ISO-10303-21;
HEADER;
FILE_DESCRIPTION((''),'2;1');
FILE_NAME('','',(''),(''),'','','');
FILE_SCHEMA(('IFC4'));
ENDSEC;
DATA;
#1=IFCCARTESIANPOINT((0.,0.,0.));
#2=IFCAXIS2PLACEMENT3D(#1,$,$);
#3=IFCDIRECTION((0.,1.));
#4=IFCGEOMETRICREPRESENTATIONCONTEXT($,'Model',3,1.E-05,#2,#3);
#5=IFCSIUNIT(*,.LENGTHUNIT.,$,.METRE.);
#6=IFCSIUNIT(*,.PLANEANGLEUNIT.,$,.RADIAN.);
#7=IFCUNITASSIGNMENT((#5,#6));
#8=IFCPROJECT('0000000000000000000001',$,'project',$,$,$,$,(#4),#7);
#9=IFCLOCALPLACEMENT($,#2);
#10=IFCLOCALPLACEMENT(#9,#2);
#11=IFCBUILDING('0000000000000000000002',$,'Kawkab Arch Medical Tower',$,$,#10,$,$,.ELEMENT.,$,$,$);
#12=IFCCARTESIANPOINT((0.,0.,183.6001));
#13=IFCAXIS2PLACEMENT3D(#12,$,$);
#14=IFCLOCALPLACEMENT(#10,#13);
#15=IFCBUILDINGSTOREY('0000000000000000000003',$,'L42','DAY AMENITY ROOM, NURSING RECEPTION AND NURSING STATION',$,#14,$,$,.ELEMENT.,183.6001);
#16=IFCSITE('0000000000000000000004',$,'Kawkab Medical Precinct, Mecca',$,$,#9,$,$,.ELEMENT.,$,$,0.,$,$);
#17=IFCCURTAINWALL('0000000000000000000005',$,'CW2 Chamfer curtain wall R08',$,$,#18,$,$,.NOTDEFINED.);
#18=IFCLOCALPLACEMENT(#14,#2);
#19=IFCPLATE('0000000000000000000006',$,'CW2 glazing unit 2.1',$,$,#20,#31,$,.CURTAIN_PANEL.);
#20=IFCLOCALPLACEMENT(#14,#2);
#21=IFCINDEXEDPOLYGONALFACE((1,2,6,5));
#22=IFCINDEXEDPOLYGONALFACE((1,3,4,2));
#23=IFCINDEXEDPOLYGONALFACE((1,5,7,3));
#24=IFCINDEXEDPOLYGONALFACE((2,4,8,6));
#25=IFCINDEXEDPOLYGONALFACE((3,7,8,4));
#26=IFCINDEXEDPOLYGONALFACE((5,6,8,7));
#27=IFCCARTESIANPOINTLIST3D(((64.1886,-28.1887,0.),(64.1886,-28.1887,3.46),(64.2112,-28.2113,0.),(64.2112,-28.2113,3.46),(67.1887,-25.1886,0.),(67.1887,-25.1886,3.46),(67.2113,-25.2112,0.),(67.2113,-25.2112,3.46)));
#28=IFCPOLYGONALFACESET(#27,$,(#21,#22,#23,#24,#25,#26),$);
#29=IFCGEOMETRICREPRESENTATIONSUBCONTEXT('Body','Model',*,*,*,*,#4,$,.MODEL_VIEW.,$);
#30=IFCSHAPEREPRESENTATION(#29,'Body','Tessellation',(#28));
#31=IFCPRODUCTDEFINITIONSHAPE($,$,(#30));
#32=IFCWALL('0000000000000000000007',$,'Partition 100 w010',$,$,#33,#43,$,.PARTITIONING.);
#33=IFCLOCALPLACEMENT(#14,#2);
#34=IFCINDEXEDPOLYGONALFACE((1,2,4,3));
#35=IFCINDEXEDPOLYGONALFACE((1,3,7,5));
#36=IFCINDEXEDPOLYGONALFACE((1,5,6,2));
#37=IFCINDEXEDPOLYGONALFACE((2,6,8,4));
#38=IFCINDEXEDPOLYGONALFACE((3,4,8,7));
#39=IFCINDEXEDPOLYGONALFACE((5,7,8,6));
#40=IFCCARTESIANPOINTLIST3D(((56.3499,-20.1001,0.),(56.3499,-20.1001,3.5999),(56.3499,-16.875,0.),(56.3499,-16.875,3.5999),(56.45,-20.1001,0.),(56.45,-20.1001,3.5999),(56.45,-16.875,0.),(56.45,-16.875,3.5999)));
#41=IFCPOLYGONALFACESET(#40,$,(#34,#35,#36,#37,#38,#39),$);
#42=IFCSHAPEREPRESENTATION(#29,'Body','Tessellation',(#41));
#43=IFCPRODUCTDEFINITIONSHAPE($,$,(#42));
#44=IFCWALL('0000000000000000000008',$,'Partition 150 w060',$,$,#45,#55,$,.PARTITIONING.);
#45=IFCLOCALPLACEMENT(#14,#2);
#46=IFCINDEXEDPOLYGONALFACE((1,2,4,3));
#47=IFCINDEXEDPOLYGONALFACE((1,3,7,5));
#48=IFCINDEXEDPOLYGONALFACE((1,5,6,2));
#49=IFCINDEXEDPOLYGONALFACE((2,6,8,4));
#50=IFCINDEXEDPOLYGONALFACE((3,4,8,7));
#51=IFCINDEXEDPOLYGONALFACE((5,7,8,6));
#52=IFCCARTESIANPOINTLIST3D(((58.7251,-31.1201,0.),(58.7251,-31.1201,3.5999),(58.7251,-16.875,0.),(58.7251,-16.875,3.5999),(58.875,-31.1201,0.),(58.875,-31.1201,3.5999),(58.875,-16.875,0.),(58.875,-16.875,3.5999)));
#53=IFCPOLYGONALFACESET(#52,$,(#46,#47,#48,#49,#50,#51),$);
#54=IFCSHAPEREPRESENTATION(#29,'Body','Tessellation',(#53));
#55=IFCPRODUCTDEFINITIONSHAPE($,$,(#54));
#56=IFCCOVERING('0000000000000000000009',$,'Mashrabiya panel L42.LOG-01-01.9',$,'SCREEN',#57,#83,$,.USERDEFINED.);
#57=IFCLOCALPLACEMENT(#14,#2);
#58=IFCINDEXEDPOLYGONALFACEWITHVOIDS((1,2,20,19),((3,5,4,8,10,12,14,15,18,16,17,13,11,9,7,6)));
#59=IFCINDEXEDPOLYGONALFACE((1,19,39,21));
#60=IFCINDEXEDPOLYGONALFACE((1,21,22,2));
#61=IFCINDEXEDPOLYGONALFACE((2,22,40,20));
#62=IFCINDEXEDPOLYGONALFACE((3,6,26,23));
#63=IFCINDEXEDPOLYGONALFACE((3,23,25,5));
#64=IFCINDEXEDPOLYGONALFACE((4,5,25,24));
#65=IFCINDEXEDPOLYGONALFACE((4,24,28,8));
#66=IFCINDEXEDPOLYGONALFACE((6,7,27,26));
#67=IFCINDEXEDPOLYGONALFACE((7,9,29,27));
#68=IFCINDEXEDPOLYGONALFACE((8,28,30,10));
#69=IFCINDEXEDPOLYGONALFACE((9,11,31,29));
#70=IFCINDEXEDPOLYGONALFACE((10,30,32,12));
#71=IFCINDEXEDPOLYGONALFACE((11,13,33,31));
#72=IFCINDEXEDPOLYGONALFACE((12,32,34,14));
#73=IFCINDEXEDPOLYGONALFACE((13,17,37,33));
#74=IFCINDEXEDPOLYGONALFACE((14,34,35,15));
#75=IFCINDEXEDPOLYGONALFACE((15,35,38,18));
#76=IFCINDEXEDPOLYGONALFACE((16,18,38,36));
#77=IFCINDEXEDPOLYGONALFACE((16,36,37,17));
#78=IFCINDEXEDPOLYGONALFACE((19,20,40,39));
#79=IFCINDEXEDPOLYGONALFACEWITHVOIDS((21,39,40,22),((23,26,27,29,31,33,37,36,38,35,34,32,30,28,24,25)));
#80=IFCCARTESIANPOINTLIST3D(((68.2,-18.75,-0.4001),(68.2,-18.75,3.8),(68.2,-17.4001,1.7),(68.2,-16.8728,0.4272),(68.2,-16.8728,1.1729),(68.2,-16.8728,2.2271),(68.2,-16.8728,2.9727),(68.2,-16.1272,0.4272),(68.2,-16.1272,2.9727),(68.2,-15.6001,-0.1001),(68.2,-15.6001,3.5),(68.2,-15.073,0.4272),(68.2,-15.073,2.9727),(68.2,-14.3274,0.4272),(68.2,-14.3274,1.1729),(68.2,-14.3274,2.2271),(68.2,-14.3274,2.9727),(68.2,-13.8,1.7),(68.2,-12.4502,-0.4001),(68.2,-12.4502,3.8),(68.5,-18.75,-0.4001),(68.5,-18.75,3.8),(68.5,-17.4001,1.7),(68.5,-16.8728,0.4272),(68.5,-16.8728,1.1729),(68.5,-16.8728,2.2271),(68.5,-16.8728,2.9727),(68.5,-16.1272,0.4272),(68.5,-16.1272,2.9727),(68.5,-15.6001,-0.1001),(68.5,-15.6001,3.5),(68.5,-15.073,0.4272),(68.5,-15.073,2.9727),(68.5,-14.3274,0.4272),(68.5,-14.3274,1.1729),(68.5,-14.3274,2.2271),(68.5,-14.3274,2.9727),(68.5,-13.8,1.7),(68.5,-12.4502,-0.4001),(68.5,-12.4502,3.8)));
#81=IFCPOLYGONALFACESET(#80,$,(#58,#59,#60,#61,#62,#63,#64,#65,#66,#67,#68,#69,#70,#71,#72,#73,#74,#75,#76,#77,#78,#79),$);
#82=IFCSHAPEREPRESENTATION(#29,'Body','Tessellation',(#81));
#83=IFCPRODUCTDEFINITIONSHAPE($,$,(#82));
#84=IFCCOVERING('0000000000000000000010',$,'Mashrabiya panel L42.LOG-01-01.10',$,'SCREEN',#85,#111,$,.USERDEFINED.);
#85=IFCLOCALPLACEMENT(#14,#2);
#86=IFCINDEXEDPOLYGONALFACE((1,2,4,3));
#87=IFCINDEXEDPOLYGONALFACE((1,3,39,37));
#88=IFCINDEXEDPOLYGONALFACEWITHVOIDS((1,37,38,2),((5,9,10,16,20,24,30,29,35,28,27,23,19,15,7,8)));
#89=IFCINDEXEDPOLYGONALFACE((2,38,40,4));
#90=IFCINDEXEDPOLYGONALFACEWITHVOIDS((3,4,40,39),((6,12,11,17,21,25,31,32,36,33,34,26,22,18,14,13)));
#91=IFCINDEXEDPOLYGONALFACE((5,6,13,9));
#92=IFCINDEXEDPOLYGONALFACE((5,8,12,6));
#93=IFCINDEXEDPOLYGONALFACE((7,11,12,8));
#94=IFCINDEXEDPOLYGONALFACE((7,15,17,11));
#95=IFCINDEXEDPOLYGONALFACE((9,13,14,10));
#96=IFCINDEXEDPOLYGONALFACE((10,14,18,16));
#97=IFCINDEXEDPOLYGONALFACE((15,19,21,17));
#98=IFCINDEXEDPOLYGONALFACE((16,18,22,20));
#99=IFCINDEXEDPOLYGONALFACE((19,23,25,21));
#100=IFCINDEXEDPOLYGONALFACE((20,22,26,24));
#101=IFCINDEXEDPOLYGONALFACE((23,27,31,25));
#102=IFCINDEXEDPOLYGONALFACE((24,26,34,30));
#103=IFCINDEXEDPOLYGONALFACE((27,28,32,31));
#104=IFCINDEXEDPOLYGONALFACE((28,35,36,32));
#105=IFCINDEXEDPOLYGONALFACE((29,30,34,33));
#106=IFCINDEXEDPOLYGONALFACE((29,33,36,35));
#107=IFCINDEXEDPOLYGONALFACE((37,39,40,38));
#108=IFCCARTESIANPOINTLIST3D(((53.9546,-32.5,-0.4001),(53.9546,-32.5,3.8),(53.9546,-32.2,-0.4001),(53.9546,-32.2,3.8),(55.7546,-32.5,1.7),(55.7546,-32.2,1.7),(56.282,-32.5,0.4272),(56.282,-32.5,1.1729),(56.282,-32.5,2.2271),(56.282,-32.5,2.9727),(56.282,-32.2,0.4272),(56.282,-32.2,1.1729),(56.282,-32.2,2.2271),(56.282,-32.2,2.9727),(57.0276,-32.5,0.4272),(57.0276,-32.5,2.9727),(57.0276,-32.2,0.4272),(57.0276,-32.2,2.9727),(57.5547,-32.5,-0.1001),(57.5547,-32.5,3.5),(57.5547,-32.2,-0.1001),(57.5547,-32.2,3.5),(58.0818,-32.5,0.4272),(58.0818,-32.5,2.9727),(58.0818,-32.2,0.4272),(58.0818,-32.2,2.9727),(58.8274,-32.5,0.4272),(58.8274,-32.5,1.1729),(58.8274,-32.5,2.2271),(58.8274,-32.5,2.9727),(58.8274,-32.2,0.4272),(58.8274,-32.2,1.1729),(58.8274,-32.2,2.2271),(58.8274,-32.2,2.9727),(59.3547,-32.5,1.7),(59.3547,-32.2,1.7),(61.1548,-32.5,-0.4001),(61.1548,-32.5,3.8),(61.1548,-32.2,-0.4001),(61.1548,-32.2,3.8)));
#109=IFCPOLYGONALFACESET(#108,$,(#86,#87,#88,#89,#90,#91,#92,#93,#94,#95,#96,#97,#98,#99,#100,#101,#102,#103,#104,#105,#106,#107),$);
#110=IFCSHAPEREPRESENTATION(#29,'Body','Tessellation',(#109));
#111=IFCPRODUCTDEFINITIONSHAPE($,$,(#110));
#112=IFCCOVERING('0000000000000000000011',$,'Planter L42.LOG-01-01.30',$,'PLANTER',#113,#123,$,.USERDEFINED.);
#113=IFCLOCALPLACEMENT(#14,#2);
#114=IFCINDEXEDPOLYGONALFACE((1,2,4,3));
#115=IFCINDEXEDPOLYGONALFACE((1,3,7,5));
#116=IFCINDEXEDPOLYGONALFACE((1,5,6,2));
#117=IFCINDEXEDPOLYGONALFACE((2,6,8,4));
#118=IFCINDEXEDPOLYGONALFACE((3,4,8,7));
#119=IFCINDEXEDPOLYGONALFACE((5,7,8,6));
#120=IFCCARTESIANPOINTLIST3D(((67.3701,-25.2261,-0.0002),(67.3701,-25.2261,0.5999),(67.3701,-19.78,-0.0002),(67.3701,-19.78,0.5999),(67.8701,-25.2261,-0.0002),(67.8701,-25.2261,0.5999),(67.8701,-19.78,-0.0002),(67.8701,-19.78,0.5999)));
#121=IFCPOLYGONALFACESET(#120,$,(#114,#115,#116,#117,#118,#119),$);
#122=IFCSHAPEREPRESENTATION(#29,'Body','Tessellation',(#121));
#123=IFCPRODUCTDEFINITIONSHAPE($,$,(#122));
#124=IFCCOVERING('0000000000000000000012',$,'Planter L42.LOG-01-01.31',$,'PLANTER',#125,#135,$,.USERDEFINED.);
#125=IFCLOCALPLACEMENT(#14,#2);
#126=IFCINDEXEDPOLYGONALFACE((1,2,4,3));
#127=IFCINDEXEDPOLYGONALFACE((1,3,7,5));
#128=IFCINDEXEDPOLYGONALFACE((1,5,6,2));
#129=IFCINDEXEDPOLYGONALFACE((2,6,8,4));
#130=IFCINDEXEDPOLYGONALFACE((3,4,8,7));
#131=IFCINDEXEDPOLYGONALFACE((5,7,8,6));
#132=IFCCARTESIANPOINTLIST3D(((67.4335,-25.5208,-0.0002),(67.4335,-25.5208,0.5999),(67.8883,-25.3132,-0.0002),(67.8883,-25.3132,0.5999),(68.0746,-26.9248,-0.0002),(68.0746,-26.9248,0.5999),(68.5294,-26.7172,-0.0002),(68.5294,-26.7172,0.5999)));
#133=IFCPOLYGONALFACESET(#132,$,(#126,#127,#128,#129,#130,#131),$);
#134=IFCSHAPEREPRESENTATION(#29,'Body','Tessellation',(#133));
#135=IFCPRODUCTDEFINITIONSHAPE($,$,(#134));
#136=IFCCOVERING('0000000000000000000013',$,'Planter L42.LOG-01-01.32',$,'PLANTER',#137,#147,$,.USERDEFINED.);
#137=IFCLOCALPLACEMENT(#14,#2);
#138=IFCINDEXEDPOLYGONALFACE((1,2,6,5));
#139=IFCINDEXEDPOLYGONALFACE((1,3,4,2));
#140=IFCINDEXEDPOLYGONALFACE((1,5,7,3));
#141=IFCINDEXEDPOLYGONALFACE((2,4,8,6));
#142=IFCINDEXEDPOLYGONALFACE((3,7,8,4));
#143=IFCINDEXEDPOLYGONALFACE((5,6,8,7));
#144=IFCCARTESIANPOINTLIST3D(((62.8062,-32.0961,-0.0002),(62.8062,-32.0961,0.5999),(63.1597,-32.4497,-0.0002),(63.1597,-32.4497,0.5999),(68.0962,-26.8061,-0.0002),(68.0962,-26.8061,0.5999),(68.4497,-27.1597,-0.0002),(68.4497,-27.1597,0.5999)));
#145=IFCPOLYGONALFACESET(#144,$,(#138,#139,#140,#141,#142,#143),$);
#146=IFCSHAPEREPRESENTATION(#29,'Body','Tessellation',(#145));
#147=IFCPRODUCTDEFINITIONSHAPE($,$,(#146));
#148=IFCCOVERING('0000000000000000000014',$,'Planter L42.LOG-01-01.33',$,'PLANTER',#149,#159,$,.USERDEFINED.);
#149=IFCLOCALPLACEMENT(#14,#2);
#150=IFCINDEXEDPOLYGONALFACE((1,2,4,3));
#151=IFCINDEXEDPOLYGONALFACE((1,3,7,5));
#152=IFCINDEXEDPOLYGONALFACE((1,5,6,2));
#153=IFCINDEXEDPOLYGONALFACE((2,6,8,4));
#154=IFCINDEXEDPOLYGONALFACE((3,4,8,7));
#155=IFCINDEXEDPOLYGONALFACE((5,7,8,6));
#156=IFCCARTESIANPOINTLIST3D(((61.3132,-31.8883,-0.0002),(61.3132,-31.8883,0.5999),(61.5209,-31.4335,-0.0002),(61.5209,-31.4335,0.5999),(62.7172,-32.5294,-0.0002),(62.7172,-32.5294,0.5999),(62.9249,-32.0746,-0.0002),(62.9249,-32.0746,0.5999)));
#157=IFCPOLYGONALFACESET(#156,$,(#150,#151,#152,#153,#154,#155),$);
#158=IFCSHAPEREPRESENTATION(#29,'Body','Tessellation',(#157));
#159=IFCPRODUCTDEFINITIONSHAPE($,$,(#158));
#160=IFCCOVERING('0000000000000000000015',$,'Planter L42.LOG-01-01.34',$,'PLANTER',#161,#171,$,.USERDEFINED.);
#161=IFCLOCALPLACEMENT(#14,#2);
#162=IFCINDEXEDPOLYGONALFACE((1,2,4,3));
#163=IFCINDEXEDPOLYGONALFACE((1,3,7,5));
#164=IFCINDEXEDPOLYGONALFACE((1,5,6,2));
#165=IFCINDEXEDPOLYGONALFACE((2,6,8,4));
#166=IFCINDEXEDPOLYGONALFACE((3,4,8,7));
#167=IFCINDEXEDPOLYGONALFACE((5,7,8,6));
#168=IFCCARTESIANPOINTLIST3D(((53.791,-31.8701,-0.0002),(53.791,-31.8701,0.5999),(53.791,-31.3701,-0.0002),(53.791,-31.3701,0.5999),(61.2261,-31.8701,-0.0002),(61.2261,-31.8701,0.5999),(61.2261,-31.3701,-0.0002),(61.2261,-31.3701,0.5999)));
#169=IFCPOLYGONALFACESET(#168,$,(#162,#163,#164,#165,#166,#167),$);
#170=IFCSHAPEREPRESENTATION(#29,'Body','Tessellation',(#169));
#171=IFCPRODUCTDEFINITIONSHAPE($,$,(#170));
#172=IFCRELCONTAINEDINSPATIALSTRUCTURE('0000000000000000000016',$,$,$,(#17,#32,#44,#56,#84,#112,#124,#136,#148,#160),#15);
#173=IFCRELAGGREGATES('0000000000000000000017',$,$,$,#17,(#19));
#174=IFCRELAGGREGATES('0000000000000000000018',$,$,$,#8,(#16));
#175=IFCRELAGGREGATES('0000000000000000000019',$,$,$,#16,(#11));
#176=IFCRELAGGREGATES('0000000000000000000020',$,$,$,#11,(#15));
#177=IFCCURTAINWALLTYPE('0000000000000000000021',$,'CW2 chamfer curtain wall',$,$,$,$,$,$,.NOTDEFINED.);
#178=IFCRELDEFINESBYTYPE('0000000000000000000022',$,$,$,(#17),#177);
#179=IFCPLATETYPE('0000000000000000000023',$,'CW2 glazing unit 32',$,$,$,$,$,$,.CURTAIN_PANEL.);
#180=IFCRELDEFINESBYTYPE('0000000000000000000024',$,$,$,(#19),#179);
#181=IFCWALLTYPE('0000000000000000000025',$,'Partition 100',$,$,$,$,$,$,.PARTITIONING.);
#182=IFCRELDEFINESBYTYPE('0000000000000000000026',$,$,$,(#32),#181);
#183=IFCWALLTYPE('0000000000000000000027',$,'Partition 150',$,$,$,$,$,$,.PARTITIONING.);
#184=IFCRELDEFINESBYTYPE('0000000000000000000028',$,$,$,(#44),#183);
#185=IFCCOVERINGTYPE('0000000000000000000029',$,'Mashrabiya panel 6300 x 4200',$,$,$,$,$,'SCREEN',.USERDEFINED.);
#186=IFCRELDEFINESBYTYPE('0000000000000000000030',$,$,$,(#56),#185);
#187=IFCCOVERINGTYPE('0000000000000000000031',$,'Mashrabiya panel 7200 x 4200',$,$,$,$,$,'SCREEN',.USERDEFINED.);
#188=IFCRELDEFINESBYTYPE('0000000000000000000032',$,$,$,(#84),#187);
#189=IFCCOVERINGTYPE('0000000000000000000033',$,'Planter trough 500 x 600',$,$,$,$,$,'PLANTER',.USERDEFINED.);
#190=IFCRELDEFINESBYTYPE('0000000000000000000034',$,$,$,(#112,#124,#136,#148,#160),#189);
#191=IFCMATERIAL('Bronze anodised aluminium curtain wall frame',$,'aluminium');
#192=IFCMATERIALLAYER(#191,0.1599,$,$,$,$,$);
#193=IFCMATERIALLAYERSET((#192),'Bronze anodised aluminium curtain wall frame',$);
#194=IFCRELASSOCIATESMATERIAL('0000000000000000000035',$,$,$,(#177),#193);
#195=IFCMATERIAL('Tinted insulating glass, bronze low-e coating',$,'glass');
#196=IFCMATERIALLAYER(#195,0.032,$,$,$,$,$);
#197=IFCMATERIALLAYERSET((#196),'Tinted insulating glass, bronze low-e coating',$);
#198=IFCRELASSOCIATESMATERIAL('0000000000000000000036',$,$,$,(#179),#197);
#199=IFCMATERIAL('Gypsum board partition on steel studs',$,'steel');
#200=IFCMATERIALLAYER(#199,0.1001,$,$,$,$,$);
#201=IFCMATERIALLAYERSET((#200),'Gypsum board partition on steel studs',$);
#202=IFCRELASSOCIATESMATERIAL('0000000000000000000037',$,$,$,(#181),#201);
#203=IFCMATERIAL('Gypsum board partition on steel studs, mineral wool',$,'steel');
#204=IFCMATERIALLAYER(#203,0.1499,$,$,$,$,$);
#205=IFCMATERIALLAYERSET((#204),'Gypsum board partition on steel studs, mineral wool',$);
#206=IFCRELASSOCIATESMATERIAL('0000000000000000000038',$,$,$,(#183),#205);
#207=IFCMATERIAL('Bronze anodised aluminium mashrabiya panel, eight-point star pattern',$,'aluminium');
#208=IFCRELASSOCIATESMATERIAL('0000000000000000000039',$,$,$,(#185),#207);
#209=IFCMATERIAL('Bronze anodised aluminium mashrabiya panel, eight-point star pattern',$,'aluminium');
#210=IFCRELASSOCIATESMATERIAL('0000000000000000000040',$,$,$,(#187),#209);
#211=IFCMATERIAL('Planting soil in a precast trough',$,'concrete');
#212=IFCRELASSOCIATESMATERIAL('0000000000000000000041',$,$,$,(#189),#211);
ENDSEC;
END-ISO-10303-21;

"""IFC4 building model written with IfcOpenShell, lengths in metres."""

from ifc_helpers import new_model, si_unit, direction, frame, frame_2d, origin, origin_2d, place, context, subcontext, project, spatial, polyline, rectangle, outline, extrude, material, layer, layer_set, material_profile, profile_set, type_object, element, aggregate, save


model = new_model("IFC4")

# Units and contexts
model_context = context("Model", 3, precision=1e-05, world=origin(), true_north=direction((0.0, 1.0)))
body_context = subcontext(model_context, "Body", "Model", "MODEL_VIEW")
ifc_project = project(units=[si_unit("LENGTHUNIT", "METRE"), si_unit("PLANEANGLEUNIT", "RADIAN")], contexts=[model_context])

# Site, building, storey
site_placement = place(None, origin())
site = spatial("IfcSite", under=ifc_project, at=site_placement, Name="Kawkab Medical Precinct, Mecca", CompositionType="ELEMENT", RefElevation=0.0)
building_placement = place(site_placement, origin())
building = spatial("IfcBuilding", under=site, at=building_placement, Name="Kawkab Arch Medical Tower", CompositionType="ELEMENT")
storey_placement = place(building_placement, frame((0.0, 0.0, 183.6001)))
storey = spatial("IfcBuildingStorey", under=building, at=storey_placement, Name="L42", Description="DAY AMENITY ROOM, NURSING RECEPTION AND NURSING STATION", CompositionType="ELEMENT", Elevation=183.6001)

# Shared definitions
placement = place(storey_placement, origin())

# Curtain wall
ifc_material_1 = material(Name="Bronze anodised aluminium curtain wall frame", Category="aluminium")
ifc_layer_1 = layer(ifc_material_1, 0.1599)
ifc_layer_set_1 = layer_set([ifc_layer_1], Name="Bronze anodised aluminium curtain wall frame")
curtain_wall_type_1 = type_object("IfcCurtainWallType", Name="CW2 chamfer curtain wall", PredefinedType="NOTDEFINED", material=ifc_layer_set_1)
curtain_wall_1 = element("IfcCurtainWall", 1, at=placement, inside=storey, type_object=curtain_wall_type_1, Name="CW2 Chamfer curtain wall R08", PredefinedType="NOTDEFINED")

# Plate
ifc_material_2 = material(Name="Tinted insulating glass, bronze low-e coating", Category="glass")
ifc_layer_2 = layer(ifc_material_2, 0.032)
ifc_layer_set_2 = layer_set([ifc_layer_2], Name="Tinted insulating glass, bronze low-e coating")
plate_type_1 = type_object("IfcPlateType", Name="CW2 glazing unit 32", PredefinedType="CURTAIN_PANEL", material=ifc_layer_set_2)
plate_1_placement = place(storey_placement, frame((65.7, -26.7, 0.0), z_axis=(0.0, 0.0, 1.0), x_axis=(0.707107, 0.707107, 0.0)))
plate_1 = element("IfcPlate", 2, at=plate_1_placement, type_object=plate_type_1, Name="CW2 glazing unit 2.1", PredefinedType="CURTAIN_PANEL", context=body_context, shape_type="SweptSolid", body=[
    extrude(rectangle(XDim=4.2427, YDim=0.032, at=origin_2d()), origin(), (0.0, 0.0, 1.0), 3.46),
])
aggregate(curtain_wall_1, [plate_1])

# Walls
ifc_material_3 = material(Name="Gypsum board partition on steel studs", Category="steel")
ifc_layer_3 = layer(ifc_material_3, 0.1001)
ifc_layer_set_3 = layer_set([ifc_layer_3], Name="Gypsum board partition on steel studs")
wall_type_1 = type_object("IfcWallType", Name="Partition 100", PredefinedType="PARTITIONING", material=ifc_layer_set_3)
wall_1_placement = place(storey_placement, frame((56.3999, -20.1001, 0.0), z_axis=(0.0, 0.0, 1.0), x_axis=(0.0, 1.0, 0.0)))
element("IfcWall", 3, at=wall_1_placement, inside=storey, type_object=wall_type_1, Name="Partition 100 w010", PredefinedType="PARTITIONING", context=body_context, shape_type="SweptSolid", body=[
    extrude(rectangle(XDim=3.2251, YDim=0.1001, at=frame_2d((1.6125, 0.0))), origin(), (0.0, 0.0, 1.0), 3.5999),
])
ifc_material_4 = material(Name="Gypsum board partition on steel studs, mineral wool", Category="steel")
ifc_layer_4 = layer(ifc_material_4, 0.1499)
ifc_layer_set_4 = layer_set([ifc_layer_4], Name="Gypsum board partition on steel studs, mineral wool")
wall_type_2 = type_object("IfcWallType", Name="Partition 150", PredefinedType="PARTITIONING", material=ifc_layer_set_4)
wall_2_placement = place(storey_placement, frame((58.8, -31.1201, 0.0), z_axis=(0.0, 0.0, 1.0), x_axis=(0.0, 1.0, 0.0)))
element("IfcWall", 4, at=wall_2_placement, inside=storey, type_object=wall_type_2, Name="Partition 150 w060", PredefinedType="PARTITIONING", context=body_context, shape_type="SweptSolid", body=[
    extrude(rectangle(XDim=14.2451, YDim=0.1499, at=frame_2d((7.1226, 0.0))), origin(), (0.0, 0.0, 1.0), 3.5999),
])

# Coverings
ifc_material_5 = material(Name="Bronze anodised aluminium mashrabiya panel, eight-point star pattern", Category="aluminium")
ifc_material_profile_1 = material_profile(ifc_material_5, outline(polyline([(-3.1499, -2.1001), (3.1499, -2.1001), (3.1499, 2.1001), (-3.1499, 2.1001), (-3.1499, -2.1001)]), holes=[polyline([(1.8, 0.0), (1.2727, 0.5271), (1.2727, 1.2727), (0.5271, 1.2727), (0.0, 1.8), (-0.5271, 1.2727), (-1.2727, 1.2727), (-1.2727, 0.5271), (-1.8, 0.0), (-1.2727, -0.5271), (-1.2727, -1.2727), (-0.5271, -1.2727), (0.0, -1.8), (0.5271, -1.2727), (1.2727, -1.2727), (1.2727, -0.5271), (1.8, 0.0)])]), Name="Mashrabiya panel 6300x4200")
ifc_profile_set_1 = profile_set([ifc_material_profile_1], Name="Bronze anodised aluminium mashrabiya panel, eight-point star pattern")
covering_type_1 = type_object("IfcCoveringType", Name="Mashrabiya panel 6300 x 4200", ElementType="SCREEN", PredefinedType="USERDEFINED", material=ifc_profile_set_1)
covering_1_placement = place(storey_placement, frame((68.2, -15.6001, 1.7), z_axis=(1.0, 0.0, 0.0), x_axis=(0.0, 1.0, 0.0)))
element("IfcCovering", 5, at=covering_1_placement, inside=storey, type_object=covering_type_1, Name="Mashrabiya panel L42.LOG-01-01.9", ObjectType="SCREEN", PredefinedType="USERDEFINED", context=body_context, shape_type="SweptSolid", body=[
    extrude(outline(polyline([(-3.1499, -2.1001), (3.1499, -2.1001), (3.1499, 2.1001), (-3.1499, 2.1001), (-3.1499, -2.1001)]), holes=[polyline([(1.8, 0.0), (1.2727, 0.5271), (1.2727, 1.2727), (0.5271, 1.2727), (0.0, 1.8), (-0.5271, 1.2727), (-1.2727, 1.2727), (-1.2727, 0.5271), (-1.8, 0.0), (-1.2727, -0.5271), (-1.2727, -1.2727), (-0.5271, -1.2727), (0.0, -1.8), (0.5271, -1.2727), (1.2727, -1.2727), (1.2727, -0.5271), (1.8, 0.0)])]), origin(), (0.0, 0.0, 1.0), 0.3),
])
ifc_material_6 = material(Name="Bronze anodised aluminium mashrabiya panel, eight-point star pattern", Category="aluminium")
ifc_material_profile_2 = material_profile(ifc_material_6, outline(polyline([(-3.6001, -2.1001), (3.6001, -2.1001), (3.6001, 2.1001), (-3.6001, 2.1001), (-3.6001, -2.1001)]), holes=[polyline([(1.8, 0.0), (1.2727, 0.5271), (1.2727, 1.2727), (0.5271, 1.2727), (0.0, 1.8), (-0.5271, 1.2727), (-1.2727, 1.2727), (-1.2727, 0.5271), (-1.8, 0.0), (-1.2727, -0.5271), (-1.2727, -1.2727), (-0.5271, -1.2727), (0.0, -1.8), (0.5271, -1.2727), (1.2727, -1.2727), (1.2727, -0.5271), (1.8, 0.0)])]), Name="Mashrabiya panel 7200x4200")
ifc_profile_set_2 = profile_set([ifc_material_profile_2], Name="Bronze anodised aluminium mashrabiya panel, eight-point star pattern")
covering_type_2 = type_object("IfcCoveringType", Name="Mashrabiya panel 7200 x 4200", ElementType="SCREEN", PredefinedType="USERDEFINED", material=ifc_profile_set_2)
covering_2_placement = place(storey_placement, frame((57.5547, -32.2, 1.7), z_axis=(0.0, -1.0, 0.0), x_axis=(1.0, 0.0, 0.0)))
element("IfcCovering", 6, at=covering_2_placement, inside=storey, type_object=covering_type_2, Name="Mashrabiya panel L42.LOG-01-01.10", ObjectType="SCREEN", PredefinedType="USERDEFINED", context=body_context, shape_type="SweptSolid", body=[
    extrude(outline(polyline([(-3.6001, -2.1001), (3.6001, -2.1001), (3.6001, 2.1001), (-3.6001, 2.1001), (-3.6001, -2.1001)]), holes=[polyline([(1.8, 0.0), (1.2727, 0.5271), (1.2727, 1.2727), (0.5271, 1.2727), (0.0, 1.8), (-0.5271, 1.2727), (-1.2727, 1.2727), (-1.2727, 0.5271), (-1.8, 0.0), (-1.2727, -0.5271), (-1.2727, -1.2727), (-0.5271, -1.2727), (0.0, -1.8), (0.5271, -1.2727), (1.2727, -1.2727), (1.2727, -0.5271), (1.8, 0.0)])]), origin(), (0.0, 0.0, 1.0), 0.3),
])
ifc_material_7 = material(Name="Planting soil in a precast trough", Category="concrete")
ifc_material_profile_3 = material_profile(ifc_material_7, rectangle(XDim=0.5, YDim=0.6001, at=origin_2d()), Name="Trough 500x600")
ifc_profile_set_3 = profile_set([ifc_material_profile_3], Name="Planting soil in a precast trough")
covering_type_3 = type_object("IfcCoveringType", Name="Planter trough 500 x 600", ElementType="PLANTER", PredefinedType="USERDEFINED", material=ifc_profile_set_3)
covering_3_placement = place(storey_placement, frame((67.6201, -19.78, 0.2998), z_axis=(0.0, -1.0, 0.0), x_axis=(1.0, 0.0, 0.0)))
element("IfcCovering", 7, at=covering_3_placement, inside=storey, type_object=covering_type_3, Name="Planter L42.LOG-01-01.30", ObjectType="PLANTER", PredefinedType="USERDEFINED", context=body_context, shape_type="SweptSolid", body=[
    extrude(rectangle(XDim=0.5, YDim=0.6001, at=origin_2d()), origin(), (0.0, 0.0, 1.0), 5.446),
])
covering_4_placement = place(storey_placement, frame((67.6609, -25.417, 0.2998), z_axis=(0.415363, -0.909656, 0.0), x_axis=(0.909656, 0.415363, 0.0)))
element("IfcCovering", 8, at=covering_4_placement, inside=storey, type_object=covering_type_3, Name="Planter L42.LOG-01-01.31", ObjectType="PLANTER", PredefinedType="USERDEFINED", context=body_context, shape_type="SweptSolid", body=[
    extrude(rectangle(XDim=0.5, YDim=0.6001, at=origin_2d()), origin(), (0.0, 0.0, 1.0), 1.5435),
])
covering_5_placement = place(storey_placement, frame((68.2729, -26.9829, 0.2998), z_axis=(-0.707107, -0.707107, 0.0), x_axis=(0.707107, -0.707107, 0.0)))
element("IfcCovering", 9, at=covering_5_placement, inside=storey, type_object=covering_type_3, Name="Planter L42.LOG-01-01.32", ObjectType="PLANTER", PredefinedType="USERDEFINED", context=body_context, shape_type="SweptSolid", body=[
    extrude(rectangle(XDim=0.5, YDim=0.6001, at=origin_2d()), origin(), (0.0, 0.0, 1.0), 7.4812),
])
covering_6_placement = place(storey_placement, frame((62.821, -32.302, 0.2998), z_axis=(-0.909656, 0.415363, 0.0), x_axis=(-0.415363, -0.909656, 0.0)))
element("IfcCovering", 10, at=covering_6_placement, inside=storey, type_object=covering_type_3, Name="Planter L42.LOG-01-01.33", ObjectType="PLANTER", PredefinedType="USERDEFINED", context=body_context, shape_type="SweptSolid", body=[
    extrude(rectangle(XDim=0.5, YDim=0.6001, at=origin_2d()), origin(), (0.0, 0.0, 1.0), 1.5435),
])
covering_7_placement = place(storey_placement, frame((61.2261, -31.6201, 0.2998), z_axis=(-1.0, 0.0, 0.0), x_axis=(0.0, -1.0, 0.0)))
element("IfcCovering", 11, at=covering_7_placement, inside=storey, type_object=covering_type_3, Name="Planter L42.LOG-01-01.34", ObjectType="PLANTER", PredefinedType="USERDEFINED", context=body_context, shape_type="SweptSolid", body=[
    extrude(rectangle(XDim=0.5, YDim=0.6001, at=origin_2d()), origin(), (0.0, 0.0, 1.0), 7.4351),
])

save(model, "model.ifc")
